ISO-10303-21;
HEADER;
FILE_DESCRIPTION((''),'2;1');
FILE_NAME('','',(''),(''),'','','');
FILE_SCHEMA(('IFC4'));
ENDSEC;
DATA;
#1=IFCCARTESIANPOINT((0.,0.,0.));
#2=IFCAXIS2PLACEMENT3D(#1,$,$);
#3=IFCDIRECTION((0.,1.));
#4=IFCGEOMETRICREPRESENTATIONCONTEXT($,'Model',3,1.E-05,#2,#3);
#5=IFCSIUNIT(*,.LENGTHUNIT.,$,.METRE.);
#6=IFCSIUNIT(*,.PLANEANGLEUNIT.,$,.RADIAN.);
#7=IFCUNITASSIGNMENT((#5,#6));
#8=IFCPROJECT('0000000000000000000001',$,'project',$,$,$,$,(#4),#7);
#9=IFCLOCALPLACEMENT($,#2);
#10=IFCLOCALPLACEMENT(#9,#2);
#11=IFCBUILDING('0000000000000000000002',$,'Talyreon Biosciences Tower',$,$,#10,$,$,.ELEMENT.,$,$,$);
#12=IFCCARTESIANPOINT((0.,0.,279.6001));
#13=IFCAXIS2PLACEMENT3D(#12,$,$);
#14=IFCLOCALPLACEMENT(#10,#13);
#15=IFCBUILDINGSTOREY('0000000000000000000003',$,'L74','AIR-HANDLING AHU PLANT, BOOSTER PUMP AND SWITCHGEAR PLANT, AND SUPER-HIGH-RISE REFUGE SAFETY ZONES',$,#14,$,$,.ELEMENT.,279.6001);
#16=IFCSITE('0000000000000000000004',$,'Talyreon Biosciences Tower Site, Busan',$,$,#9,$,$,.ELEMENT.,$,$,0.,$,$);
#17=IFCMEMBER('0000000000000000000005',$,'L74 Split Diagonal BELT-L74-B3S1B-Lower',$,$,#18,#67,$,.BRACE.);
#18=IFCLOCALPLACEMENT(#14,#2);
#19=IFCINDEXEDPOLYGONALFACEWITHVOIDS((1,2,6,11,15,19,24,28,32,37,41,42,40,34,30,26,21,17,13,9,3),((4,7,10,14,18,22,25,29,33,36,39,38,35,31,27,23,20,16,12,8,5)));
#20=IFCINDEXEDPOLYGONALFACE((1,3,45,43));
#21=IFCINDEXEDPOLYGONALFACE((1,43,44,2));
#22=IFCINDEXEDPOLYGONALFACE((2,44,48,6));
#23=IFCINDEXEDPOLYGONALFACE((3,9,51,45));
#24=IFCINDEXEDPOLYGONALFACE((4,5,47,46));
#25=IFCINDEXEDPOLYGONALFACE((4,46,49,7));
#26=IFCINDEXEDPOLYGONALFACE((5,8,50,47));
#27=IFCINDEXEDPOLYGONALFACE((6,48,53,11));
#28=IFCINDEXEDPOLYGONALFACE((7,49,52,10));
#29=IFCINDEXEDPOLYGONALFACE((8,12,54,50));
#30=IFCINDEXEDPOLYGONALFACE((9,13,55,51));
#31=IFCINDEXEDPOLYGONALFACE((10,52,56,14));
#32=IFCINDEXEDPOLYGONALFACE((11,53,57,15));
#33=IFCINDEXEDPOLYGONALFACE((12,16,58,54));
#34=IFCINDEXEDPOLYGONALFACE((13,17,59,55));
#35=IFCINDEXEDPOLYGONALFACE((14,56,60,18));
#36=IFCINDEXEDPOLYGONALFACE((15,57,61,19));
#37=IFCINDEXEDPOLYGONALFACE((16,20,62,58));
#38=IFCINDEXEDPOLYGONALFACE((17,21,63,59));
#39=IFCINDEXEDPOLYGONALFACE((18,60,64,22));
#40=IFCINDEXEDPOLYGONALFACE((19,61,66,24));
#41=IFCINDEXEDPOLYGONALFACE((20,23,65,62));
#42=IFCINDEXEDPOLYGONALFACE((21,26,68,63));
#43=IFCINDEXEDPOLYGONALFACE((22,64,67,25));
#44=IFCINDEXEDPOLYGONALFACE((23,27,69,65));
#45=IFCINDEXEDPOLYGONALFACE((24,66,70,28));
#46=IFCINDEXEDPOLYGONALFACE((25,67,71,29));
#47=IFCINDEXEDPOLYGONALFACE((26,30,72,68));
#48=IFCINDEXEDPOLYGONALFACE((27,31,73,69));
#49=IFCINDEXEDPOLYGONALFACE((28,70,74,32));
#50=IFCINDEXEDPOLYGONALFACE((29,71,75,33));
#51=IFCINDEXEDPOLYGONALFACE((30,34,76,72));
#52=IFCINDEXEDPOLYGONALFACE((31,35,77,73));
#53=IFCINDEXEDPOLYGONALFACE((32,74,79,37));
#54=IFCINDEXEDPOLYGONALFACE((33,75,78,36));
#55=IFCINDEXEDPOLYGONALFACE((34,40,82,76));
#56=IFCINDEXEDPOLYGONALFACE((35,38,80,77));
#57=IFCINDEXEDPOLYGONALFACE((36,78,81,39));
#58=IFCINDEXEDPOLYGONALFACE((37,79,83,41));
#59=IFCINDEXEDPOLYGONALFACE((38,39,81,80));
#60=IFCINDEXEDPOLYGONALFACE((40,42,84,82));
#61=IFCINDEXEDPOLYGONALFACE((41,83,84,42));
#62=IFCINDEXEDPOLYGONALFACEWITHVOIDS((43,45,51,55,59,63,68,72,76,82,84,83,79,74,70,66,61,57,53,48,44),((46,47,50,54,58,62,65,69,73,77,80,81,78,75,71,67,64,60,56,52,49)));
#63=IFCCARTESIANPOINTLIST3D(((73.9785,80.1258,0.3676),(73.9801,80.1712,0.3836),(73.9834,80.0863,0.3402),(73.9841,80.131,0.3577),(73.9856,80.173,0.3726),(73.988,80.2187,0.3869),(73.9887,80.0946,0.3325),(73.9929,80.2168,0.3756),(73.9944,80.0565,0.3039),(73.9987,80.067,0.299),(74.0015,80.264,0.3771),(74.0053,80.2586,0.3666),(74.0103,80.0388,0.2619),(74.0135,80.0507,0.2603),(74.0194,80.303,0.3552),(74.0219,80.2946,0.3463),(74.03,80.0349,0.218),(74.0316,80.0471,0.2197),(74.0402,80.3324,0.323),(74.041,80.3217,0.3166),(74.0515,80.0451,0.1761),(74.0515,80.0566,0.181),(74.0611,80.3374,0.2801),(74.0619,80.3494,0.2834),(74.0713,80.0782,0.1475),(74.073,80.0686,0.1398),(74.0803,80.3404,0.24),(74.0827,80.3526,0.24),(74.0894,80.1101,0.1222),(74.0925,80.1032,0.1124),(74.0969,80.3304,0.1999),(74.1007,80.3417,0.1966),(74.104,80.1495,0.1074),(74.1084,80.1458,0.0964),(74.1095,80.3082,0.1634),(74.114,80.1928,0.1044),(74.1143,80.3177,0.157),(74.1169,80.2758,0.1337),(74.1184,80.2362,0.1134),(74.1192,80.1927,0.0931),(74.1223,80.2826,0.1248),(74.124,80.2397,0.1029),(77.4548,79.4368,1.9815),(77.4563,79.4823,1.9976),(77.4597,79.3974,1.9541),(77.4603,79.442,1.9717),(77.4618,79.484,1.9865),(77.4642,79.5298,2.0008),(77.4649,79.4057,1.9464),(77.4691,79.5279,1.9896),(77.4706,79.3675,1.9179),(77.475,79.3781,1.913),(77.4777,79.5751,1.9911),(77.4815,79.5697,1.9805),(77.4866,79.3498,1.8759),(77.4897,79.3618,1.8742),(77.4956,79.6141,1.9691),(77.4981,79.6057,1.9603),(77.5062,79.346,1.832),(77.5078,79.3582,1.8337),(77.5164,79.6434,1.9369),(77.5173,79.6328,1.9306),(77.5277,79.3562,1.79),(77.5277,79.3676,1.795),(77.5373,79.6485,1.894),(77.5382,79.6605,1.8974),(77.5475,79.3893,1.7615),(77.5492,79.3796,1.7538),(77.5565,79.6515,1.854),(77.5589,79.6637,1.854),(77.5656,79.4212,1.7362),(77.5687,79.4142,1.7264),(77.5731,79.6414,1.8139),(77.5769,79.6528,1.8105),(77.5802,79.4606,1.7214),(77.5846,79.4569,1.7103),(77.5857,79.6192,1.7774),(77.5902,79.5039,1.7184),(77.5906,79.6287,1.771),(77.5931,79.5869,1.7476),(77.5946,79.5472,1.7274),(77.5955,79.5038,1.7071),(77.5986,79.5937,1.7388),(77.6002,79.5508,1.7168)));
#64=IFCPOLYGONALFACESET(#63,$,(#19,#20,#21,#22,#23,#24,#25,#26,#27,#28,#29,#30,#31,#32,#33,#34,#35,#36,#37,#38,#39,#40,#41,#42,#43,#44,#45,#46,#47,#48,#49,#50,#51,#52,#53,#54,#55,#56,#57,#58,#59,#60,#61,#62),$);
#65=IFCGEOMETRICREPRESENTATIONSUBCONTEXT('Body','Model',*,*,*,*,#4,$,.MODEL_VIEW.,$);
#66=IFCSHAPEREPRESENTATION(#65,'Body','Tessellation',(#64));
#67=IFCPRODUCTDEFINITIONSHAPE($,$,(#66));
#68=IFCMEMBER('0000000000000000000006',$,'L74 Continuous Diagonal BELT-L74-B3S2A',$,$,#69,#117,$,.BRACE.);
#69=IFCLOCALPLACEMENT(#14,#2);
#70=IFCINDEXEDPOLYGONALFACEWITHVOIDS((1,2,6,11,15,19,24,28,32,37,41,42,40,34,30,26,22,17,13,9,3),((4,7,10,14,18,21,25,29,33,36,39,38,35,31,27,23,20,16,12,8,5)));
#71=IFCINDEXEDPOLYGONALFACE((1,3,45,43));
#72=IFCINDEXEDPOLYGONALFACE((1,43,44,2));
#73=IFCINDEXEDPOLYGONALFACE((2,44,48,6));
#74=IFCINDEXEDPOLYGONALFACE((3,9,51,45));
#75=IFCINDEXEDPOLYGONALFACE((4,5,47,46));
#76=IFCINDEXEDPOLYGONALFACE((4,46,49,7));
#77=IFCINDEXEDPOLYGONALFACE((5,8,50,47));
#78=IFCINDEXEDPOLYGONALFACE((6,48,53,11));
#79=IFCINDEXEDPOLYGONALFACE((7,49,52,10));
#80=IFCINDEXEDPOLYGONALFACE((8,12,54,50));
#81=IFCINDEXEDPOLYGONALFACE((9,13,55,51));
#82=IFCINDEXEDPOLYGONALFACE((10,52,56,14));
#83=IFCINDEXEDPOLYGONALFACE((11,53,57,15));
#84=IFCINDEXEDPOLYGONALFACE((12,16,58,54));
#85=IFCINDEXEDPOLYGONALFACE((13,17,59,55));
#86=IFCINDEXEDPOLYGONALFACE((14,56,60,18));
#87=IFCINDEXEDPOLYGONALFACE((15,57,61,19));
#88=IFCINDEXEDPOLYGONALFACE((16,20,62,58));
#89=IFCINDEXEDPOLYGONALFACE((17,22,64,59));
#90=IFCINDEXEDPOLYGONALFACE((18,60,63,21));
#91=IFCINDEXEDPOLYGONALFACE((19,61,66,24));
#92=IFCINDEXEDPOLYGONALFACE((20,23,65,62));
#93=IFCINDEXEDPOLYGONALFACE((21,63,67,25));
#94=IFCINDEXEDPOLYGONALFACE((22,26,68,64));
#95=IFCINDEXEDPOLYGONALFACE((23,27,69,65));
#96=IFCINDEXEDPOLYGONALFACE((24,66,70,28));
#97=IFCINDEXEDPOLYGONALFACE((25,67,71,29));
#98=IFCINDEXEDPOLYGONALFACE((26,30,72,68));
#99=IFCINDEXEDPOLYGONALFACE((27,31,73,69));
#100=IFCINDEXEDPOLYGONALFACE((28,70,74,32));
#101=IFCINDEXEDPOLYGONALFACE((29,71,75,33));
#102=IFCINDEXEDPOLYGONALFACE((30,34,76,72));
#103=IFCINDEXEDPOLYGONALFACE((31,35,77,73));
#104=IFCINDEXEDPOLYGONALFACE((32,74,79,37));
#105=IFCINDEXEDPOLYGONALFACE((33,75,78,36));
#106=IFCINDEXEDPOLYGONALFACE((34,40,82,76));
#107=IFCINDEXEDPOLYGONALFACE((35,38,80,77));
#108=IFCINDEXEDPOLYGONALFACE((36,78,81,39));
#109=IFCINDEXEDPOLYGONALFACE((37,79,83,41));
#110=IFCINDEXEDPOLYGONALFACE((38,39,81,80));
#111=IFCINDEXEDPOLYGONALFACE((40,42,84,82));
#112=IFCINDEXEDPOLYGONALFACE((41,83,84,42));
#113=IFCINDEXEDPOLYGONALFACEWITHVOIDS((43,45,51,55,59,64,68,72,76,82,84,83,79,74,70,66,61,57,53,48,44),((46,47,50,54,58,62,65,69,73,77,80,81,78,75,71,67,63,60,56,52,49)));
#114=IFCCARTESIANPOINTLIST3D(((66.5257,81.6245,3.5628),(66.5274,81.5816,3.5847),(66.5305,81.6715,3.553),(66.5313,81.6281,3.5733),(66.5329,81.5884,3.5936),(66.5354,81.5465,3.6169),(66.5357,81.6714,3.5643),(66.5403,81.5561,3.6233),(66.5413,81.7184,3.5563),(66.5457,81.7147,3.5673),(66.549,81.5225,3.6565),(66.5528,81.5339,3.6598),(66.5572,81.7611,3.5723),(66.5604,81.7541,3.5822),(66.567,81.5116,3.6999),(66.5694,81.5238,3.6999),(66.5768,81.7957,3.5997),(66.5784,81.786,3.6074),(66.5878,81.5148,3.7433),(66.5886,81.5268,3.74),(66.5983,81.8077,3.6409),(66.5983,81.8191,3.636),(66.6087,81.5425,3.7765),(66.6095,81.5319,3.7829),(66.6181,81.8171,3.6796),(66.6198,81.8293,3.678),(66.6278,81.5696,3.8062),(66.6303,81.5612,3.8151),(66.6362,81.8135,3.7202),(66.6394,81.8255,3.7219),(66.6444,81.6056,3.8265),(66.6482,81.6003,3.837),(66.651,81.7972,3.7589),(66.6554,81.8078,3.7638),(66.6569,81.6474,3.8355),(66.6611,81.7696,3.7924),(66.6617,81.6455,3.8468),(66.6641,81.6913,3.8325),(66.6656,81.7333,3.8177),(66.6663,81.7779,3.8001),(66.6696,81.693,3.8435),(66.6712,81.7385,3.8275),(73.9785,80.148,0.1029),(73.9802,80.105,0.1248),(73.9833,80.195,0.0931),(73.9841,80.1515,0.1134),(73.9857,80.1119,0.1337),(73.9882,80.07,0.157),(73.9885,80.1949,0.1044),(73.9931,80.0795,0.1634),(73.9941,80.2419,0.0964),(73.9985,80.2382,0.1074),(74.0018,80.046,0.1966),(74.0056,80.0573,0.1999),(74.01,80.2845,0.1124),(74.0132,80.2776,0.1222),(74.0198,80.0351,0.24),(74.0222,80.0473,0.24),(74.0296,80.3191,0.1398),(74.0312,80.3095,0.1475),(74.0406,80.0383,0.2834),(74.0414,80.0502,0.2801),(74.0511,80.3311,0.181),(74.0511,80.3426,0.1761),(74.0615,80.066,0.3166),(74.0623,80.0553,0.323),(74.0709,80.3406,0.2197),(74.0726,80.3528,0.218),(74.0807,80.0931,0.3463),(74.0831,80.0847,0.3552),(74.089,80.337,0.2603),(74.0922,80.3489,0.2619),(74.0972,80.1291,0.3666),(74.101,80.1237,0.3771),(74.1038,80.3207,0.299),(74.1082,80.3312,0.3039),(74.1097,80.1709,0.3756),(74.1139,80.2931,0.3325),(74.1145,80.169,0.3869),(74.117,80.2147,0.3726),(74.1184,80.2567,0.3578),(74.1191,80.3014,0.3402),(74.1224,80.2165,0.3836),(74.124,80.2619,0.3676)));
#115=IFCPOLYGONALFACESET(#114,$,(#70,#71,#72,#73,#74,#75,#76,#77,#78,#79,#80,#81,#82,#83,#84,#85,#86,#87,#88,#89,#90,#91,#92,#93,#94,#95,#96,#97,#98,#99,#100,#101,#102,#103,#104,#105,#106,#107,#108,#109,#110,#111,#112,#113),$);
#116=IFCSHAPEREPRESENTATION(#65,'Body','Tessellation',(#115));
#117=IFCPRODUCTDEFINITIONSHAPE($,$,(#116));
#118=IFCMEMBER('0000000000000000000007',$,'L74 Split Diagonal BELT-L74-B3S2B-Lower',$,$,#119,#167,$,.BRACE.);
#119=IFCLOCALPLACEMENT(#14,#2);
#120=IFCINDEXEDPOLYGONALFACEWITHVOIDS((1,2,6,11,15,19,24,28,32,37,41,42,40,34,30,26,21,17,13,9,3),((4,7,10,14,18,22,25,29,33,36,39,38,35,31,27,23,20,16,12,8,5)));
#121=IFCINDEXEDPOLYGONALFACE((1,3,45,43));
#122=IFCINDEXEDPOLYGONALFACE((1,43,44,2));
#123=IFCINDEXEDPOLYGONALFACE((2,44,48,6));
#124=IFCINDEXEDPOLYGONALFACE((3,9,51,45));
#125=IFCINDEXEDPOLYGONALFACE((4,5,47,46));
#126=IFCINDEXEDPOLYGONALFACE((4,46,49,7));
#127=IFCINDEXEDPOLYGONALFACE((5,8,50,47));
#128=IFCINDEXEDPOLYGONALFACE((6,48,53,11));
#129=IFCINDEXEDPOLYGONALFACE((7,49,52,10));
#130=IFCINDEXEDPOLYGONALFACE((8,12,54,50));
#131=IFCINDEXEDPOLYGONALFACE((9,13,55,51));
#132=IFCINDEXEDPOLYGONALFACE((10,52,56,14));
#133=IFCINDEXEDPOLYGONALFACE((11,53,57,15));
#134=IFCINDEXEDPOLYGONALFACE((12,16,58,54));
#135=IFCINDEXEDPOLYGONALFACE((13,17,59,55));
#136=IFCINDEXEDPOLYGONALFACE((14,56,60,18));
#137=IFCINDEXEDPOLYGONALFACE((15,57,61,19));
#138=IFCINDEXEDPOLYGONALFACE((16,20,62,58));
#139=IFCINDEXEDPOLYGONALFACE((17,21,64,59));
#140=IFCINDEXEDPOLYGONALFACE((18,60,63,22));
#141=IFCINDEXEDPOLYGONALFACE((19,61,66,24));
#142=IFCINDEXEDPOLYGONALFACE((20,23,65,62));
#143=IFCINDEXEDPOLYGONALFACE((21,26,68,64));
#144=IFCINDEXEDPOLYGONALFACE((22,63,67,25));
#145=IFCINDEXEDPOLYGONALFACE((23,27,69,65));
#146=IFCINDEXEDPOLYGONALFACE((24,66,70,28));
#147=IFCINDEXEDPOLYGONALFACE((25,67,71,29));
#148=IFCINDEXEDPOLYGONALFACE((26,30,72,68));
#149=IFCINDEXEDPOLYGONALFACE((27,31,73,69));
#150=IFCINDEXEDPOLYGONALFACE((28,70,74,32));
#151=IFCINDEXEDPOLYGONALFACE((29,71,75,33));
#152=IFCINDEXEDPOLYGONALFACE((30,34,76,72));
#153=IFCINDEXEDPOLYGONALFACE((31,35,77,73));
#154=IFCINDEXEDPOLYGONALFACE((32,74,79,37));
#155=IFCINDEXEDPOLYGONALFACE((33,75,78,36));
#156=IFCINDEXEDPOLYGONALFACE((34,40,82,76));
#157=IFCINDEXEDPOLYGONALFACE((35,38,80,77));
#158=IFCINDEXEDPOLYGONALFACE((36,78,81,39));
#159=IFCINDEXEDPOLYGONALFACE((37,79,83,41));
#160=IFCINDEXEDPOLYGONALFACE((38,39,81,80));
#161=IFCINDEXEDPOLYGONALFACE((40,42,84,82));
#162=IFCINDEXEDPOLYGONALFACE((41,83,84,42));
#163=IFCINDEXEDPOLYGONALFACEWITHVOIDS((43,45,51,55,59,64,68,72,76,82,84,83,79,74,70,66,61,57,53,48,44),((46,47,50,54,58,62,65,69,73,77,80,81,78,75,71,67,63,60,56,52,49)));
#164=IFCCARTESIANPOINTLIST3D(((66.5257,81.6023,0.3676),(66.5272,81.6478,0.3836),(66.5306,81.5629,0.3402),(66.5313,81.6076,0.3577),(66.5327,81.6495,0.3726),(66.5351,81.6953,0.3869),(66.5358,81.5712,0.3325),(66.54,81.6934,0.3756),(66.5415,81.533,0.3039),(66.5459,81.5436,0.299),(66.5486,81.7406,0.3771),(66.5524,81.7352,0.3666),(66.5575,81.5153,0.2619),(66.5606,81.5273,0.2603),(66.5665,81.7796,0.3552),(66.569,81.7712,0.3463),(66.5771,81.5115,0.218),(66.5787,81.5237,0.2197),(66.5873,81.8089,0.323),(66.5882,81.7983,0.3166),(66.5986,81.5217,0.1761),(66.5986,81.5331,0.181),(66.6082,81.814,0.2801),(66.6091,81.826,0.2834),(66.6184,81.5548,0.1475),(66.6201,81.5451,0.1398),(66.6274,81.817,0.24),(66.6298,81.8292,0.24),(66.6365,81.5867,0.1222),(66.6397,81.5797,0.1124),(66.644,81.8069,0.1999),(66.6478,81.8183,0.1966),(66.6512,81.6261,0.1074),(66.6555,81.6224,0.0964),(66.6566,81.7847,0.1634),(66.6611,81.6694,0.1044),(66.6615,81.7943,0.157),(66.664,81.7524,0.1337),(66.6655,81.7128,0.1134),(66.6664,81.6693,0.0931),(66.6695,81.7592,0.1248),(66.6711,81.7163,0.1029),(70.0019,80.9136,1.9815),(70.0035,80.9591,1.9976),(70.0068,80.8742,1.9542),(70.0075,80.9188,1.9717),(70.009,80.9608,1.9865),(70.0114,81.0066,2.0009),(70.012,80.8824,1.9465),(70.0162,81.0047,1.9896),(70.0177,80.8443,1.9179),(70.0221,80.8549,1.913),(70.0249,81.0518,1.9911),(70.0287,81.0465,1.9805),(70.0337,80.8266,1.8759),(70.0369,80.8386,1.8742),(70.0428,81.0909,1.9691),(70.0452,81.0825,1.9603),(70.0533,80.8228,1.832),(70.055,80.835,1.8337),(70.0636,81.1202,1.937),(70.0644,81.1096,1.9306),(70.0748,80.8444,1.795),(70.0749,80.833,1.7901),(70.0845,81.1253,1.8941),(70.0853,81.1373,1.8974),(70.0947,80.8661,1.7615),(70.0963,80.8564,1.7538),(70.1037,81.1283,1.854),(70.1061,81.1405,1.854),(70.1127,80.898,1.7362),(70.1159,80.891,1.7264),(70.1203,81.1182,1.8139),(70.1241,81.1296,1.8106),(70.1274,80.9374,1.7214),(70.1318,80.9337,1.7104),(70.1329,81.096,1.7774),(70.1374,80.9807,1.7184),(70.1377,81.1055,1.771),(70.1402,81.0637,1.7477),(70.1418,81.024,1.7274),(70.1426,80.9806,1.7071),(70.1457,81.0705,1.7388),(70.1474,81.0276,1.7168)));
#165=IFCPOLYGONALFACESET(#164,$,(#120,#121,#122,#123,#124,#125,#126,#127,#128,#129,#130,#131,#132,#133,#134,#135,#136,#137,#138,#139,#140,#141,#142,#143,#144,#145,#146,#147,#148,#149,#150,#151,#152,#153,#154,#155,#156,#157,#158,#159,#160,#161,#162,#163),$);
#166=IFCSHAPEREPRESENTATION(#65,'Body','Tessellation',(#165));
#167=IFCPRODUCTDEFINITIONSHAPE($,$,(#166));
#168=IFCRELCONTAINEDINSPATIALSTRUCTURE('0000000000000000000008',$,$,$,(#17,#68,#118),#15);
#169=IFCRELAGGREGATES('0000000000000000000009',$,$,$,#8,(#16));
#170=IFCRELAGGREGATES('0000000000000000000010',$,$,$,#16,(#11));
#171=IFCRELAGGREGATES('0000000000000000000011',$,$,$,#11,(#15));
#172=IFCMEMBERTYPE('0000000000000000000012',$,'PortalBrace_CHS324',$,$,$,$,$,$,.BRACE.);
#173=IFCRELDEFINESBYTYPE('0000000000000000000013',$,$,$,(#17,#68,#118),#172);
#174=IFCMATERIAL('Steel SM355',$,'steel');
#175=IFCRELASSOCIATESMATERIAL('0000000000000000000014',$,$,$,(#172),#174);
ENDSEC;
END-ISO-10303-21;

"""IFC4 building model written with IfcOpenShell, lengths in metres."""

from ifc_helpers import new_model, si_unit, direction, frame, origin, origin_2d, place, context, subcontext, project, spatial, hollow_circle, extrude, material, material_profile, profile_set, type_object, element, save


model = new_model("IFC4")

# Units and contexts
model_context = context("Model", 3, precision=1e-05, world=origin(), true_north=direction((0.0, 1.0)))
body_context = subcontext(model_context, "Body", "Model", "MODEL_VIEW")
ifc_project = project(units=[si_unit("LENGTHUNIT", "METRE"), si_unit("PLANEANGLEUNIT", "RADIAN")], contexts=[model_context])

# Site, building, storey
site_placement = place(None, origin())
site = spatial("IfcSite", under=ifc_project, at=site_placement, Name="Talyreon Biosciences Tower Site, Busan", CompositionType="ELEMENT", RefElevation=0.0)
building_placement = place(site_placement, origin())
building = spatial("IfcBuilding", under=site, at=building_placement, Name="Talyreon Biosciences Tower", CompositionType="ELEMENT")
storey_placement = place(building_placement, frame((0.0, 0.0, 279.6001)))
storey = spatial("IfcBuildingStorey", under=building, at=storey_placement, Name="L74", Description="AIR-HANDLING AHU PLANT, BOOSTER PUMP AND SWITCHGEAR PLANT, AND SUPER-HIGH-RISE REFUGE SAFETY ZONES", CompositionType="ELEMENT", Elevation=279.6001)

# Shared definitions
ifc_material_1 = material(Name="Steel SM355", Category="steel")

# Members
ifc_material_profile_1 = material_profile(ifc_material_1, hollow_circle(Radius=0.1619, WallThickness=0.0125, at=origin_2d()), Name="CHS 323.9x12.5")
ifc_profile_set_1 = profile_set([ifc_material_profile_1], Name="Steel SM355")
member_type_1 = type_object("IfcMemberType", Name="PortalBrace_CHS324", PredefinedType="BRACE", material=ifc_profile_set_1)
member_1_placement = place(storey_placement, frame((74.0513, 80.1938, 0.24), z_axis=(0.8927, -0.176922, 0.41447), x_axis=(0.194407, 0.980921, 0.0)))
element("IfcMember", 1, at=member_1_placement, inside=storey, type_object=member_type_1, Name="L74 Split Diagonal BELT-L74-B3S1B-Lower", PredefinedType="BRACE", context=body_context, shape_type="SweptSolid", body=[
    extrude(hollow_circle(Radius=0.1619, WallThickness=0.0125, at=origin_2d()), origin(), (0.0, 0.0, 1.0), 3.894),
])
member_2_placement = place(storey_placement, frame((74.0513, 80.1938, 0.24), z_axis=(-0.892724, 0.176866, 0.414442), x_axis=(-0.194342, -0.980934, 0.0)))
element("IfcMember", 2, at=member_2_placement, inside=storey, type_object=member_type_1, Name="L74 Continuous Diagonal BELT-L74-B3S2A", PredefinedType="BRACE", context=body_context, shape_type="SweptSolid", body=[
    extrude(hollow_circle(Radius=0.1619, WallThickness=0.0125, at=origin_2d()), origin(), (0.0, 0.0, 1.0), 8.3484),
])
member_3_placement = place(storey_placement, frame((66.5984, 81.6704, 0.24), z_axis=(0.89271, -0.176862, 0.414475), x_axis=(0.194341, 0.980934, 0.0)))
element("IfcMember", 3, at=member_3_placement, inside=storey, type_object=member_type_1, Name="L74 Split Diagonal BELT-L74-B3S2B-Lower", PredefinedType="BRACE", context=body_context, shape_type="SweptSolid", body=[
    extrude(hollow_circle(Radius=0.1619, WallThickness=0.0125, at=origin_2d()), origin(), (0.0, 0.0, 1.0), 3.894),
])

save(model, "model.ifc")
